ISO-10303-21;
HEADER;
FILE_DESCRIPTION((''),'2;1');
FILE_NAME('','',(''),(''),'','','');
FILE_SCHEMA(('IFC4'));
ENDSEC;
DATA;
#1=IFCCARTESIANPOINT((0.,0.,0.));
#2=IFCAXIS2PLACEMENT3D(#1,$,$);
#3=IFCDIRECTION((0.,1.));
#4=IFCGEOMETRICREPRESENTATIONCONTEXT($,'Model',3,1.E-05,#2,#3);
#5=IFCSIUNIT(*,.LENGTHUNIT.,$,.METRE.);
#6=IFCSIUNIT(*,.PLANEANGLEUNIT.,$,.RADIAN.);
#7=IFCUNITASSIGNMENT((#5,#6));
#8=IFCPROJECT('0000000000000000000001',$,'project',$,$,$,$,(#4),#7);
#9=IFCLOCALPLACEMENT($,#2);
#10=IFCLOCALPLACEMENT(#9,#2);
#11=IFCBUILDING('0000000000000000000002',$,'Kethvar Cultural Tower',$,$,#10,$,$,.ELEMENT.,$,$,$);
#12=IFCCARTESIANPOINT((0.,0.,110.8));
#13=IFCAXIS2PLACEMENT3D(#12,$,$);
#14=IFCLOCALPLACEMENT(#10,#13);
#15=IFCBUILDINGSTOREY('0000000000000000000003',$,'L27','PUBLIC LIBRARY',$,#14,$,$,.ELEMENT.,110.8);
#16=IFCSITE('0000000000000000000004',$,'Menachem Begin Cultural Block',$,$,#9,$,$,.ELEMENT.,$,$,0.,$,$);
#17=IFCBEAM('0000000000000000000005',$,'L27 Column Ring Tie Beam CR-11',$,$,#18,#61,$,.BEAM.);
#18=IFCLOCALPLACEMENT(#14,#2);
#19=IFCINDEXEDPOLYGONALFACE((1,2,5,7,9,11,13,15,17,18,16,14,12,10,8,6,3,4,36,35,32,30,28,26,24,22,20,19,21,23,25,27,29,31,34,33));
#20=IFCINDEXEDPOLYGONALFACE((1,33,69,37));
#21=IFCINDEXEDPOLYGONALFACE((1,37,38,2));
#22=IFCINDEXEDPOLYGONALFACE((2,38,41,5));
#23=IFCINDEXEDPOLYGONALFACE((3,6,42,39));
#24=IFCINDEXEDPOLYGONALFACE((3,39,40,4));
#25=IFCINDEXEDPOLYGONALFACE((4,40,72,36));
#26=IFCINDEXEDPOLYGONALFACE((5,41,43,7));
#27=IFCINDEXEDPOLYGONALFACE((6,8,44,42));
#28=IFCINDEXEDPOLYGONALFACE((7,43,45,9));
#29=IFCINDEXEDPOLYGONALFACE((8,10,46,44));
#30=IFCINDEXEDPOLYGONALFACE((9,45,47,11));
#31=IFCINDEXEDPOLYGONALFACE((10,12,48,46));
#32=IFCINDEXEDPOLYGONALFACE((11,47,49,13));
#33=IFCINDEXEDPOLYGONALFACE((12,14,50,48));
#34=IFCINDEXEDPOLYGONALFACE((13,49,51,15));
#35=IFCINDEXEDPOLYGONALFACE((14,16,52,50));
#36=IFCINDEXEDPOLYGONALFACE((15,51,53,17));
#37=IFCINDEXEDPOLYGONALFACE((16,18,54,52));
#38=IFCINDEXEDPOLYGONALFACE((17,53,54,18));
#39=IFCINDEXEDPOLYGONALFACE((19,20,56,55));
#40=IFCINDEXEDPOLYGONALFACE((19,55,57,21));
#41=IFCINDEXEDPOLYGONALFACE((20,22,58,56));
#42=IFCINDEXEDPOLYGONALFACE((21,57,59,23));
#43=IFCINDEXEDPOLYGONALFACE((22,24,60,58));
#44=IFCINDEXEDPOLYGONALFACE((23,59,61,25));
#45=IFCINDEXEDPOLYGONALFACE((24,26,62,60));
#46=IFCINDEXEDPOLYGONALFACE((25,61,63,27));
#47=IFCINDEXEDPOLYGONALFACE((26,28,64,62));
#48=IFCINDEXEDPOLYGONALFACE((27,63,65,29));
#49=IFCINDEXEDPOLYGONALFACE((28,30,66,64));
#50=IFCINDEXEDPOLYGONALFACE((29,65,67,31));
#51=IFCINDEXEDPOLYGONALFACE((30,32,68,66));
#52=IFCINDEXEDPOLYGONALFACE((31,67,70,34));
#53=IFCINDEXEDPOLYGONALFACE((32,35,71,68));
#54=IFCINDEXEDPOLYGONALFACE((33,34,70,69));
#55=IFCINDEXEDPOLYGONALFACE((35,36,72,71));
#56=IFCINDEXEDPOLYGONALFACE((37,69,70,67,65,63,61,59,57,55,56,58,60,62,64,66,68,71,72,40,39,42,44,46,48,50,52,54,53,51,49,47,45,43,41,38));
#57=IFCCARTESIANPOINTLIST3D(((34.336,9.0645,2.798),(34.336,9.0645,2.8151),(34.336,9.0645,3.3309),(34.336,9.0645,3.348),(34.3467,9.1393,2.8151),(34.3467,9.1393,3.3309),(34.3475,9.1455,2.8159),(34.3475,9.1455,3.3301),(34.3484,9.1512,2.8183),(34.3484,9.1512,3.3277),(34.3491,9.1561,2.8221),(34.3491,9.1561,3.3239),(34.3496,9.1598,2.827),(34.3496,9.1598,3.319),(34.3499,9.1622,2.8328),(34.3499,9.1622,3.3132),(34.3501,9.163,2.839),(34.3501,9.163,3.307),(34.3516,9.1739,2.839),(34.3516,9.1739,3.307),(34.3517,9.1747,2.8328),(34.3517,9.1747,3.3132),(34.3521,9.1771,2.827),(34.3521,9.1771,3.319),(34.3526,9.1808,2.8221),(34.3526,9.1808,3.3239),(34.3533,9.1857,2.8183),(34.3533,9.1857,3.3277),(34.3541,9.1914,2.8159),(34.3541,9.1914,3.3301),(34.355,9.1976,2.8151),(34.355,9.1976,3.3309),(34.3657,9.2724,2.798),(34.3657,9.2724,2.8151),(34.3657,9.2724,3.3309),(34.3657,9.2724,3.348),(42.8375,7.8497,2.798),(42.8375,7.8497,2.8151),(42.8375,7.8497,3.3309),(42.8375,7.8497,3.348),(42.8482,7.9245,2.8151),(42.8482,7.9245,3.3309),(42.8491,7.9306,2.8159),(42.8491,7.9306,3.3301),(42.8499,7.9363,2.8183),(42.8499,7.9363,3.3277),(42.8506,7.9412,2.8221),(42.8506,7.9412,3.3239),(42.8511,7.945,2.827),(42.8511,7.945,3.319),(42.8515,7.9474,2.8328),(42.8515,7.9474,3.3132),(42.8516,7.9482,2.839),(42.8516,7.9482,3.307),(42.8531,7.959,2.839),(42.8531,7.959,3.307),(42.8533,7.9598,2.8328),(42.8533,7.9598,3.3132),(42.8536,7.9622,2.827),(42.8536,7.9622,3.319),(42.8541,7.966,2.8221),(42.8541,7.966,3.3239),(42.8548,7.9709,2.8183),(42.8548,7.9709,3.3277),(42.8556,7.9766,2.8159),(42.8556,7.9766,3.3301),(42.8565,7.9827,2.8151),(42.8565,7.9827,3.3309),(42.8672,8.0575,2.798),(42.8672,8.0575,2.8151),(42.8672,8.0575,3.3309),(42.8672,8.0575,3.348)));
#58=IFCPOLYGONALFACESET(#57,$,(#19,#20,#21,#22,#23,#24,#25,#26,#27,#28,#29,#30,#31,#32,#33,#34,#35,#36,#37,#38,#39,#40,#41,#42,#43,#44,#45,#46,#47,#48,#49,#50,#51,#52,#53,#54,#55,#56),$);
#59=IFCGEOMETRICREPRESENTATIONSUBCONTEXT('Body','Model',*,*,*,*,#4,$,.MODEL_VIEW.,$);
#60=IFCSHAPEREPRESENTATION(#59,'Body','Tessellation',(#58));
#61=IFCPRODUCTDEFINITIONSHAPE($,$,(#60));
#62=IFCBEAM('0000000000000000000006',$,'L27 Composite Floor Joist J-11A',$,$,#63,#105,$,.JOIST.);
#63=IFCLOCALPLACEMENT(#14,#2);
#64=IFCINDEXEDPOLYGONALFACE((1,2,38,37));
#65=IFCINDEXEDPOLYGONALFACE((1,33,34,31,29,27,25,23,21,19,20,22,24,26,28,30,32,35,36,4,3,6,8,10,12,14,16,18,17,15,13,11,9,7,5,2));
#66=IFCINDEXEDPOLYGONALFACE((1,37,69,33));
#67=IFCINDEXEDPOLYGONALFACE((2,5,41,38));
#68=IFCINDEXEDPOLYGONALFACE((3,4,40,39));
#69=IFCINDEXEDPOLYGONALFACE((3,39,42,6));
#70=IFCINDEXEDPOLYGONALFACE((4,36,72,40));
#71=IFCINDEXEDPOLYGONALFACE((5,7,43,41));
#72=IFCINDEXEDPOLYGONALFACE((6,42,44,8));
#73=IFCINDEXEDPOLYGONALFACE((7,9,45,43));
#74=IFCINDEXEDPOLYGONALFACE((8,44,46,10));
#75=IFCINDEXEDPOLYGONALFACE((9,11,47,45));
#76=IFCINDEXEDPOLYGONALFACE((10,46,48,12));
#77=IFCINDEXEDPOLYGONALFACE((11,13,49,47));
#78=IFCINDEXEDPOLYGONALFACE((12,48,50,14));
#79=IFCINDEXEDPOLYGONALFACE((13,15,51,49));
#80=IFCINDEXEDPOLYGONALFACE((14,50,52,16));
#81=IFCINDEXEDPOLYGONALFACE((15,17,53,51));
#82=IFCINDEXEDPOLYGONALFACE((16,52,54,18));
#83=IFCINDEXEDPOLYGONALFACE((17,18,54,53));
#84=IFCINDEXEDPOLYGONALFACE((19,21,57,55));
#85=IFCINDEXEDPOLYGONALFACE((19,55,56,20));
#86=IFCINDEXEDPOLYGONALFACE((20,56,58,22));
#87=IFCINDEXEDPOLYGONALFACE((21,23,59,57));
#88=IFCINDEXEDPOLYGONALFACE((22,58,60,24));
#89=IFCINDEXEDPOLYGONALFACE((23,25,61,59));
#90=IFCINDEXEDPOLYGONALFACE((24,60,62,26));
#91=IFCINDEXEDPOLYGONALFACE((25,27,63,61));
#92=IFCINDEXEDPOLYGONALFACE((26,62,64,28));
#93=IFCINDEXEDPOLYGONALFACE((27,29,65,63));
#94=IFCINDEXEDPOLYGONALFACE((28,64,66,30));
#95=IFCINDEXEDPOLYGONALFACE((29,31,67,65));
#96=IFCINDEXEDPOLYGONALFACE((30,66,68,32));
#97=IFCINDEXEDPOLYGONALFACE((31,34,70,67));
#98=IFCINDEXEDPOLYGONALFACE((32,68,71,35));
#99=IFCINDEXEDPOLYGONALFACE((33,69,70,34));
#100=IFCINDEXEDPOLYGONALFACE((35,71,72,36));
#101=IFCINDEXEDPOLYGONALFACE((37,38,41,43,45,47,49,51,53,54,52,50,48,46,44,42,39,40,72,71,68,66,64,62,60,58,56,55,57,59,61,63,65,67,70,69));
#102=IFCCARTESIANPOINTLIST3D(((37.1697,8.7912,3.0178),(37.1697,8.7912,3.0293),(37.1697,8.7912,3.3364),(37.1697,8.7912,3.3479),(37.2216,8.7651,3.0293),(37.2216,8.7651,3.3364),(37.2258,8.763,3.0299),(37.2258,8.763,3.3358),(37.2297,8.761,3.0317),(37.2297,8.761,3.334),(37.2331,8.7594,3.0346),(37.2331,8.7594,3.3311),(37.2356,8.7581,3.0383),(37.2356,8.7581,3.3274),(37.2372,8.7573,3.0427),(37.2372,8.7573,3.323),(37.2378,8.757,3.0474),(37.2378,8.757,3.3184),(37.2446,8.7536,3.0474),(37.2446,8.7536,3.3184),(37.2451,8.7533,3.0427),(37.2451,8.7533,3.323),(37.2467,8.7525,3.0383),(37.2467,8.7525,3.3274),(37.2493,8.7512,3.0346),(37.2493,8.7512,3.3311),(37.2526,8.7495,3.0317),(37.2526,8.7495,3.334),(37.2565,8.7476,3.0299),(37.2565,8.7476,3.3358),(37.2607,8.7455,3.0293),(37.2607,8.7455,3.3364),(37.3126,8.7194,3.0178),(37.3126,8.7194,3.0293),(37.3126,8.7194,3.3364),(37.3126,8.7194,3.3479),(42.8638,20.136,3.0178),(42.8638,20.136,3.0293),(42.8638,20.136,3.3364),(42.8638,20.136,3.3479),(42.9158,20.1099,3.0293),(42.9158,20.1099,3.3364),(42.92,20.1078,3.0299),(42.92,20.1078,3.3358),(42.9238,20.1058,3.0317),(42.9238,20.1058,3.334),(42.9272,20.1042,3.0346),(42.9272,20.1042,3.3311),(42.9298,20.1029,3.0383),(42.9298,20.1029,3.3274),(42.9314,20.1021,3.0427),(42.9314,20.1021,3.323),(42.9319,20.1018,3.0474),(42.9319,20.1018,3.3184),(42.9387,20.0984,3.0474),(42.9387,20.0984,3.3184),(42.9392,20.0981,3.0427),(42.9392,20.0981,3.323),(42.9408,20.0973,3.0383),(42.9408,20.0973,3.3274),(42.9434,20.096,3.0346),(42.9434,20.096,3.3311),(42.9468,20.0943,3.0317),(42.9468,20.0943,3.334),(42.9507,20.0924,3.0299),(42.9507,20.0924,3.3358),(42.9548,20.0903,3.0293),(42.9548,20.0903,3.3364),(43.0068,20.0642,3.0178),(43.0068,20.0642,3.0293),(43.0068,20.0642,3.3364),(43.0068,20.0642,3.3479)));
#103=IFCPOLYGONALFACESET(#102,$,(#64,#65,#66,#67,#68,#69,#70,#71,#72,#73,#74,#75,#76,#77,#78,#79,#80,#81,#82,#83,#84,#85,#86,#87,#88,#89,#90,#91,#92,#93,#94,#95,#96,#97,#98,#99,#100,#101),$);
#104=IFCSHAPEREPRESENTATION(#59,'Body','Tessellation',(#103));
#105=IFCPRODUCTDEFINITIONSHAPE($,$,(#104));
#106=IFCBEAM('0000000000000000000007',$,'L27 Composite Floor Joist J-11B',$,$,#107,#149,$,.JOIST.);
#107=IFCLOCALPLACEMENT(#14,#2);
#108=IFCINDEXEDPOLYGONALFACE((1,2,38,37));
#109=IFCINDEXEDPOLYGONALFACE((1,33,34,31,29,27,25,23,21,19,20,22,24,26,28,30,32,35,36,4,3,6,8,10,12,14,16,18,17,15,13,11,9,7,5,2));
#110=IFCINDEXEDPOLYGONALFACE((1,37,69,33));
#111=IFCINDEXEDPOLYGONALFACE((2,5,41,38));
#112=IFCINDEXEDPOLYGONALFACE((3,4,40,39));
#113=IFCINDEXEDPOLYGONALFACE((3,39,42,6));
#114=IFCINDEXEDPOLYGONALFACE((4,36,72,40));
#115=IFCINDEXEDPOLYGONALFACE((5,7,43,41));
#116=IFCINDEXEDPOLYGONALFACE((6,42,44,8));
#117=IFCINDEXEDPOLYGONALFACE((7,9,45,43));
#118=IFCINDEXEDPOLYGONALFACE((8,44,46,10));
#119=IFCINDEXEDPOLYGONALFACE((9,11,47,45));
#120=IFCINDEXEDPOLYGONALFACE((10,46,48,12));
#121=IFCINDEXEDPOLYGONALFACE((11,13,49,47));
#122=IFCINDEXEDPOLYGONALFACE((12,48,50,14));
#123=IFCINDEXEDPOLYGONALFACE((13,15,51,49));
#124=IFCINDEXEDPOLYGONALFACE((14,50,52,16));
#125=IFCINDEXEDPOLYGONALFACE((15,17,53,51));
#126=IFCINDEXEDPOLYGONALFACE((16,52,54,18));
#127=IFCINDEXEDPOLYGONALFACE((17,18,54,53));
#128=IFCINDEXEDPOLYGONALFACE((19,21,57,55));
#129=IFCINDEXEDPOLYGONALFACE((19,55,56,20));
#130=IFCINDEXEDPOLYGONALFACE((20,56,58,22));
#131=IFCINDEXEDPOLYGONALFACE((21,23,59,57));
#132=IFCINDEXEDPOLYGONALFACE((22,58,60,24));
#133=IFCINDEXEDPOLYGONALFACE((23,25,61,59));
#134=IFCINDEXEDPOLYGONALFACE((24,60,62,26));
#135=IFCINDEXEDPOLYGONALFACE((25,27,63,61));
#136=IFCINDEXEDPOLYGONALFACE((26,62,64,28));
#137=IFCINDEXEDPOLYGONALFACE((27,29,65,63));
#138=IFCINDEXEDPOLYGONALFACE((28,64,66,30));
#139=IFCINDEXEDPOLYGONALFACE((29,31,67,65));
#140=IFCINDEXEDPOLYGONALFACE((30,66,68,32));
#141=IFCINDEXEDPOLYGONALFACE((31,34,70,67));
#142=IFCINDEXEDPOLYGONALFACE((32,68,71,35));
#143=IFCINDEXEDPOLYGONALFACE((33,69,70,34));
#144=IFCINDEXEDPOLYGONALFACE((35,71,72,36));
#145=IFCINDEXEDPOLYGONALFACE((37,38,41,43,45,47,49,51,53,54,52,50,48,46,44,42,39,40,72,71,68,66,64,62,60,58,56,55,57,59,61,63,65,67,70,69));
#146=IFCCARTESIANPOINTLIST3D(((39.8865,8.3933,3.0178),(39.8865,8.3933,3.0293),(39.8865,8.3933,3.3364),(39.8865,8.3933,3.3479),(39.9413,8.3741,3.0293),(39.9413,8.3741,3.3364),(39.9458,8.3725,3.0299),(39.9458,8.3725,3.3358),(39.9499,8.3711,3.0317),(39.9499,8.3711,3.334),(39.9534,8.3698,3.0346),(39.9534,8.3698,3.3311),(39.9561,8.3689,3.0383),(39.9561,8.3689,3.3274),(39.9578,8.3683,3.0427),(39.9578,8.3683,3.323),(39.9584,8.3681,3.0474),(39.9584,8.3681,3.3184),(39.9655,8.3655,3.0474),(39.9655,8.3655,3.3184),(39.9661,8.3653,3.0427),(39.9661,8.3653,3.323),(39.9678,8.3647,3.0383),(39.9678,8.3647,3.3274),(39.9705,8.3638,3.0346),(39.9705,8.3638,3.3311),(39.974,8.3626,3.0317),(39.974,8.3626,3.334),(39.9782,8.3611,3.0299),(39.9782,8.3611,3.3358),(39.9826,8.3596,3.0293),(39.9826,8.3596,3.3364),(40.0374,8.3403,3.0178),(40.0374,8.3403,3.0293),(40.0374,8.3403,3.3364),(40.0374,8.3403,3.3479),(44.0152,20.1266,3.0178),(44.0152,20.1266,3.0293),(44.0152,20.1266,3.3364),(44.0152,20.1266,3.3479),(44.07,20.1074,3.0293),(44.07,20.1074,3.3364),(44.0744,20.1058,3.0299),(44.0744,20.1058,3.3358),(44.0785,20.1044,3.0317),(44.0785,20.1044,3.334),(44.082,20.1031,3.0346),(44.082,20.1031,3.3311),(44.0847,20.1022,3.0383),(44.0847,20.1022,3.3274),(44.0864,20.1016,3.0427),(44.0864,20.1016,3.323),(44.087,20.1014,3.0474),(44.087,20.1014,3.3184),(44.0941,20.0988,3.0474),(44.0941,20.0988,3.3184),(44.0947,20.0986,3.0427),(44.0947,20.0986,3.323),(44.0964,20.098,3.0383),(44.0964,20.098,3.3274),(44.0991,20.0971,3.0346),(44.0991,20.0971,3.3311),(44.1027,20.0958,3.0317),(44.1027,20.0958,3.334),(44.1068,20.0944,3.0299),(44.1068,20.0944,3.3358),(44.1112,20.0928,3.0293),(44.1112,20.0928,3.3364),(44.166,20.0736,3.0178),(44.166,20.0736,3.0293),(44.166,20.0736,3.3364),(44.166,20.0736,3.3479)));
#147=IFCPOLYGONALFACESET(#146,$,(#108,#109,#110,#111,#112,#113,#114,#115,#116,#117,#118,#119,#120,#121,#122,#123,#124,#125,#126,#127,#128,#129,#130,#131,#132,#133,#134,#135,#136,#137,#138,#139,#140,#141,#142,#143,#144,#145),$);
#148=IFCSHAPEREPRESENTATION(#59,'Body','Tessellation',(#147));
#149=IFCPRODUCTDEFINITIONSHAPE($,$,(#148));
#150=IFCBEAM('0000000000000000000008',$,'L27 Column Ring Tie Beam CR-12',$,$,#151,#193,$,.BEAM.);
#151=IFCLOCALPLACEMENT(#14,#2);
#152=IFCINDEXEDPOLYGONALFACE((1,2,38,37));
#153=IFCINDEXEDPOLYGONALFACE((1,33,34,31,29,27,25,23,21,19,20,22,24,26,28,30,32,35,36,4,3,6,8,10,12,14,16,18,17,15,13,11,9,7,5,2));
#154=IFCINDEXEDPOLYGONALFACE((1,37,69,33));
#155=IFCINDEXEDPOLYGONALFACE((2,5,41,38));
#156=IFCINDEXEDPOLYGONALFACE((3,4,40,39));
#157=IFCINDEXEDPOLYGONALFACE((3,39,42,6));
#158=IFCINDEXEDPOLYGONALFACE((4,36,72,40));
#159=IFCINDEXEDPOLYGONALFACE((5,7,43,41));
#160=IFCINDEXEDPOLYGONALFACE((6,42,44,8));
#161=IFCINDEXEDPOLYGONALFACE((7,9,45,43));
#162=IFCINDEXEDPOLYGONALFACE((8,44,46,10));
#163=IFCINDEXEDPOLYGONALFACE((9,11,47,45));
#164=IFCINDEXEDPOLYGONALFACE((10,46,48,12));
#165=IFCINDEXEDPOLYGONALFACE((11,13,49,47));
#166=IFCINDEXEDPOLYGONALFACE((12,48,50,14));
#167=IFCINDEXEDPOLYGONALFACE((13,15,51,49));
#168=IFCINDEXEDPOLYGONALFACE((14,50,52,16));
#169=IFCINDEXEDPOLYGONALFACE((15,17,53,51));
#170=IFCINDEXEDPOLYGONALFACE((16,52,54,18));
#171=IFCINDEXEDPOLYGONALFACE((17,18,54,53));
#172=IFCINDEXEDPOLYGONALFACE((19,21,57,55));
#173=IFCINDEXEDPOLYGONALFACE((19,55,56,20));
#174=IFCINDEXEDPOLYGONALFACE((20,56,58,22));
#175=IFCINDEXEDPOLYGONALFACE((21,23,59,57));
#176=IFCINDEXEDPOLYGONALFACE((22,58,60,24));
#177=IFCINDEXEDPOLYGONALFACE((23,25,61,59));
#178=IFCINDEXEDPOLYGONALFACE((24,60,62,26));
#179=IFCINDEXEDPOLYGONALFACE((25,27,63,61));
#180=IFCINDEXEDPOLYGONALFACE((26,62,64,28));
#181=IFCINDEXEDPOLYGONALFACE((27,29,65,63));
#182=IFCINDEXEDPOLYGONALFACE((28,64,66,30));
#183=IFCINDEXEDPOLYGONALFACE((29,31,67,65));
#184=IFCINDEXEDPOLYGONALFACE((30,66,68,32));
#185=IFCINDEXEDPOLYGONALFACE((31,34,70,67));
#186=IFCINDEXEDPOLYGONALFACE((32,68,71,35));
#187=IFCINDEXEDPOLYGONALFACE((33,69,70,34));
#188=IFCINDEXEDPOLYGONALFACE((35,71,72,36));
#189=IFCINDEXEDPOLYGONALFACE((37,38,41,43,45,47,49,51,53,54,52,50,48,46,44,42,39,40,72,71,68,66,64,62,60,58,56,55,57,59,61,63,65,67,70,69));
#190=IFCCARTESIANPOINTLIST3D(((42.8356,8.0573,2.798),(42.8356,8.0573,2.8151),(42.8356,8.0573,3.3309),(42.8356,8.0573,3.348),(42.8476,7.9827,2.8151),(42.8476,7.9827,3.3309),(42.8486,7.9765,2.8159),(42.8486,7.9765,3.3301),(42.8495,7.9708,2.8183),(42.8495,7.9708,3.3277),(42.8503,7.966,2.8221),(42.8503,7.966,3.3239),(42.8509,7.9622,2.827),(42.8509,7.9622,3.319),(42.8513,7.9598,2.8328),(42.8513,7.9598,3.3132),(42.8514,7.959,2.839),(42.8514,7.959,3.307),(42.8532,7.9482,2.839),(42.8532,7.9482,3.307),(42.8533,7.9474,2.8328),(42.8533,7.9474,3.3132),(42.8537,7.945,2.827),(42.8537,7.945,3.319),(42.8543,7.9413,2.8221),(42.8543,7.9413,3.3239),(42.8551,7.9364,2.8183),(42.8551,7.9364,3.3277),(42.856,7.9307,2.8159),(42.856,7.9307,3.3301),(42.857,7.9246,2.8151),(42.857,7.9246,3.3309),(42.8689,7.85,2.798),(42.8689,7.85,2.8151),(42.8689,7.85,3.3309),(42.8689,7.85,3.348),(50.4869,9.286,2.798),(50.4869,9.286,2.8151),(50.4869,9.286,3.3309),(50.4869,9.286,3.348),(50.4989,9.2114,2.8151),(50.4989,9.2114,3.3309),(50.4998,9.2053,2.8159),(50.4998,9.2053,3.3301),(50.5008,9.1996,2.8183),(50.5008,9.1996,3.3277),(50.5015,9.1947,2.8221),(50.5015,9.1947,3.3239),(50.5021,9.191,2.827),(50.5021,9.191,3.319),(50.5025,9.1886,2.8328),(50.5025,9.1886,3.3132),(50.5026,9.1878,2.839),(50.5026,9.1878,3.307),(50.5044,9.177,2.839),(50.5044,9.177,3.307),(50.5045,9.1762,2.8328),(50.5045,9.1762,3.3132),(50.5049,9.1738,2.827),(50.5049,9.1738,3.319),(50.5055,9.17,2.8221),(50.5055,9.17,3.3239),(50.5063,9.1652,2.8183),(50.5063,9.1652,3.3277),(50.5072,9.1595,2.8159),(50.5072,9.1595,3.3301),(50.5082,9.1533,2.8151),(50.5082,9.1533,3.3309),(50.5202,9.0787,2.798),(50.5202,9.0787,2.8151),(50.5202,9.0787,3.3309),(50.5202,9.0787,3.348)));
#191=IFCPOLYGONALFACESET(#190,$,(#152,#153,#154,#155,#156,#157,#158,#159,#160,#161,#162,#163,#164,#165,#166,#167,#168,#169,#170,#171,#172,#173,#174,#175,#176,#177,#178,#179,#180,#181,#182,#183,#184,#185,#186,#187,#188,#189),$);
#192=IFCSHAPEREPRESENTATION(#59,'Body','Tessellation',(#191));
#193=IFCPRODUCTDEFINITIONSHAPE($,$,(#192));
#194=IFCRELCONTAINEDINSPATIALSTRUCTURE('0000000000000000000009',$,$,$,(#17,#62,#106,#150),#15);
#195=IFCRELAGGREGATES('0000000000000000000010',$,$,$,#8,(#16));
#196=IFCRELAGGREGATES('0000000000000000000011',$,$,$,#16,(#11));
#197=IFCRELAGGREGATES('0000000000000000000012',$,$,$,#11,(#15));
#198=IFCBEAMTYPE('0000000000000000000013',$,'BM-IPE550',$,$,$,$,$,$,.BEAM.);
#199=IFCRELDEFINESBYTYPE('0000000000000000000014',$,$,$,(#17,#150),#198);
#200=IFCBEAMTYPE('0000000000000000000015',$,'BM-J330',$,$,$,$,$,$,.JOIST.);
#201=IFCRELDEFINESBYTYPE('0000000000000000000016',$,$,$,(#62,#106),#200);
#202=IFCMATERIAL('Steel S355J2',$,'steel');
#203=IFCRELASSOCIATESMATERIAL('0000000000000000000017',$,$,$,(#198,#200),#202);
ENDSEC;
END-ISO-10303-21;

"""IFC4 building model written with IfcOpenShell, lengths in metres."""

from ifc_helpers import new_model, si_unit, direction, frame, origin, origin_2d, place, context, subcontext, project, spatial, i_section, extrude, source, transform, mapped, material, material_profile, profile_set, type_object, element, save


model = new_model("IFC4")

# Units and contexts
model_context = context("Model", 3, precision=1e-05, world=origin(), true_north=direction((0.0, 1.0)))
body_context = subcontext(model_context, "Body", "Model", "MODEL_VIEW")
ifc_project = project(units=[si_unit("LENGTHUNIT", "METRE"), si_unit("PLANEANGLEUNIT", "RADIAN")], contexts=[model_context])

# Site, building, storey
site_placement = place(None, origin())
site = spatial("IfcSite", under=ifc_project, at=site_placement, Name="Menachem Begin Cultural Block", CompositionType="ELEMENT", RefElevation=0.0)
building_placement = place(site_placement, origin())
building = spatial("IfcBuilding", under=site, at=building_placement, Name="Kethvar Cultural Tower", CompositionType="ELEMENT")
storey_placement = place(building_placement, frame((0.0, 0.0, 110.8)))
storey = spatial("IfcBuildingStorey", under=building, at=storey_placement, Name="L27", Description="PUBLIC LIBRARY", CompositionType="ELEMENT", Elevation=110.8)

# Beams
ifc_material_1 = material(Name="Steel S355J2", Category="steel")
ifc_material_profile_1 = material_profile(ifc_material_1, i_section(OverallWidth=0.21, OverallDepth=0.55, WebThickness=0.011, FlangeThickness=0.0171, FilletRadius=0.0239, at=origin_2d()), Name="Steel S355J2 — IPE550")
ifc_profile_set_1 = profile_set([ifc_material_profile_1], Name="Steel S355J2 — IPE550")
beam_type_1 = type_object("IfcBeamType", Name="BM-IPE550", PredefinedType="BEAM", material=ifc_profile_set_1)
ifc_material_profile_2 = material_profile(ifc_material_1, i_section(OverallWidth=0.1599, OverallDepth=0.3301, WebThickness=0.0076, FlangeThickness=0.0115, FilletRadius=0.0181, at=origin_2d()), Name="Steel S355J2 — IPE330")
ifc_profile_set_2 = profile_set([ifc_material_profile_2], Name="Steel S355J2 — IPE330")
beam_type_2 = type_object("IfcBeamType", Name="BM-J330", PredefinedType="JOIST", material=ifc_profile_set_2)
shared_shape_1 = source(origin(), body_context, "Body", "SweptSolid", [
    extrude(i_section(OverallWidth=0.21, OverallDepth=0.55, WebThickness=0.011, FlangeThickness=0.0171, FilletRadius=0.0239, at=origin_2d()), origin(), (0.0, 0.0, 1.0), 8.5879),
])
beam_1_placement = place(storey_placement, frame((34.3508, 9.1685, 3.073), z_axis=(0.989944, -0.141461, 0.0), x_axis=(0.141461, 0.989944, 0.0)))
element("IfcBeam", 1, at=beam_1_placement, inside=storey, type_object=beam_type_1, Name="L27 Column Ring Tie Beam CR-11", PredefinedType="BEAM", context=body_context, shape_type="MappedRepresentation", body=[
    mapped(shared_shape_1, transform((0.0, 0.0, 0.0), scale=1.0)),
])
shared_shape_2 = source(origin(), body_context, "Body", "SweptSolid", [
    extrude(i_section(OverallWidth=0.1599, OverallDepth=0.3301, WebThickness=0.0076, FlangeThickness=0.0115, FilletRadius=0.0181, at=origin_2d()), origin(), (0.0, 0.0, 1.0), 12.6936),
])
beam_2_placement = place(storey_placement, frame((42.9353, 20.1001, 3.1829), z_axis=(-0.448582, -0.893741, 0.0), x_axis=(0.893741, -0.448582, 0.0)))
element("IfcBeam", 2, at=beam_2_placement, inside=storey, type_object=beam_type_2, Name="L27 Composite Floor Joist J-11A", PredefinedType="JOIST", context=body_context, shape_type="MappedRepresentation", body=[
    mapped(shared_shape_2, transform((0.0, 0.0, 0.0), scale=1.0)),
])
shared_shape_3 = source(origin(), body_context, "Body", "SweptSolid", [
    extrude(i_section(OverallWidth=0.1599, OverallDepth=0.3301, WebThickness=0.0076, FlangeThickness=0.0115, FilletRadius=0.0181, at=origin_2d()), origin(), (0.0, 0.0, 1.0), 12.4385),
])
beam_3_placement = place(storey_placement, frame((44.0906, 20.1001, 3.1829), z_axis=(-0.331924, -0.943306, 0.0), x_axis=(0.943306, -0.331924, 0.0)))
element("IfcBeam", 3, at=beam_3_placement, inside=storey, type_object=beam_type_2, Name="L27 Composite Floor Joist J-11B", PredefinedType="JOIST", context=body_context, shape_type="MappedRepresentation", body=[
    mapped(shared_shape_3, transform((0.0, 0.0, 0.0), scale=1.0)),
])
shared_shape_4 = source(origin(), body_context, "Body", "SweptSolid", [
    extrude(i_section(OverallWidth=0.21, OverallDepth=0.55, WebThickness=0.011, FlangeThickness=0.0171, FilletRadius=0.0239, at=origin_2d()), origin(), (0.0, 0.0, 1.0), 7.7493),
])
beam_4_placement = place(storey_placement, frame((42.8523, 7.9536, 3.073), z_axis=(0.987348, 0.158567, 0.0), x_axis=(-0.158567, 0.987348, 0.0)))
element("IfcBeam", 4, at=beam_4_placement, inside=storey, type_object=beam_type_1, Name="L27 Column Ring Tie Beam CR-12", PredefinedType="BEAM", context=body_context, shape_type="MappedRepresentation", body=[
    mapped(shared_shape_4, transform((0.0, 0.0, 0.0), scale=1.0)),
])

save(model, "model.ifc")
